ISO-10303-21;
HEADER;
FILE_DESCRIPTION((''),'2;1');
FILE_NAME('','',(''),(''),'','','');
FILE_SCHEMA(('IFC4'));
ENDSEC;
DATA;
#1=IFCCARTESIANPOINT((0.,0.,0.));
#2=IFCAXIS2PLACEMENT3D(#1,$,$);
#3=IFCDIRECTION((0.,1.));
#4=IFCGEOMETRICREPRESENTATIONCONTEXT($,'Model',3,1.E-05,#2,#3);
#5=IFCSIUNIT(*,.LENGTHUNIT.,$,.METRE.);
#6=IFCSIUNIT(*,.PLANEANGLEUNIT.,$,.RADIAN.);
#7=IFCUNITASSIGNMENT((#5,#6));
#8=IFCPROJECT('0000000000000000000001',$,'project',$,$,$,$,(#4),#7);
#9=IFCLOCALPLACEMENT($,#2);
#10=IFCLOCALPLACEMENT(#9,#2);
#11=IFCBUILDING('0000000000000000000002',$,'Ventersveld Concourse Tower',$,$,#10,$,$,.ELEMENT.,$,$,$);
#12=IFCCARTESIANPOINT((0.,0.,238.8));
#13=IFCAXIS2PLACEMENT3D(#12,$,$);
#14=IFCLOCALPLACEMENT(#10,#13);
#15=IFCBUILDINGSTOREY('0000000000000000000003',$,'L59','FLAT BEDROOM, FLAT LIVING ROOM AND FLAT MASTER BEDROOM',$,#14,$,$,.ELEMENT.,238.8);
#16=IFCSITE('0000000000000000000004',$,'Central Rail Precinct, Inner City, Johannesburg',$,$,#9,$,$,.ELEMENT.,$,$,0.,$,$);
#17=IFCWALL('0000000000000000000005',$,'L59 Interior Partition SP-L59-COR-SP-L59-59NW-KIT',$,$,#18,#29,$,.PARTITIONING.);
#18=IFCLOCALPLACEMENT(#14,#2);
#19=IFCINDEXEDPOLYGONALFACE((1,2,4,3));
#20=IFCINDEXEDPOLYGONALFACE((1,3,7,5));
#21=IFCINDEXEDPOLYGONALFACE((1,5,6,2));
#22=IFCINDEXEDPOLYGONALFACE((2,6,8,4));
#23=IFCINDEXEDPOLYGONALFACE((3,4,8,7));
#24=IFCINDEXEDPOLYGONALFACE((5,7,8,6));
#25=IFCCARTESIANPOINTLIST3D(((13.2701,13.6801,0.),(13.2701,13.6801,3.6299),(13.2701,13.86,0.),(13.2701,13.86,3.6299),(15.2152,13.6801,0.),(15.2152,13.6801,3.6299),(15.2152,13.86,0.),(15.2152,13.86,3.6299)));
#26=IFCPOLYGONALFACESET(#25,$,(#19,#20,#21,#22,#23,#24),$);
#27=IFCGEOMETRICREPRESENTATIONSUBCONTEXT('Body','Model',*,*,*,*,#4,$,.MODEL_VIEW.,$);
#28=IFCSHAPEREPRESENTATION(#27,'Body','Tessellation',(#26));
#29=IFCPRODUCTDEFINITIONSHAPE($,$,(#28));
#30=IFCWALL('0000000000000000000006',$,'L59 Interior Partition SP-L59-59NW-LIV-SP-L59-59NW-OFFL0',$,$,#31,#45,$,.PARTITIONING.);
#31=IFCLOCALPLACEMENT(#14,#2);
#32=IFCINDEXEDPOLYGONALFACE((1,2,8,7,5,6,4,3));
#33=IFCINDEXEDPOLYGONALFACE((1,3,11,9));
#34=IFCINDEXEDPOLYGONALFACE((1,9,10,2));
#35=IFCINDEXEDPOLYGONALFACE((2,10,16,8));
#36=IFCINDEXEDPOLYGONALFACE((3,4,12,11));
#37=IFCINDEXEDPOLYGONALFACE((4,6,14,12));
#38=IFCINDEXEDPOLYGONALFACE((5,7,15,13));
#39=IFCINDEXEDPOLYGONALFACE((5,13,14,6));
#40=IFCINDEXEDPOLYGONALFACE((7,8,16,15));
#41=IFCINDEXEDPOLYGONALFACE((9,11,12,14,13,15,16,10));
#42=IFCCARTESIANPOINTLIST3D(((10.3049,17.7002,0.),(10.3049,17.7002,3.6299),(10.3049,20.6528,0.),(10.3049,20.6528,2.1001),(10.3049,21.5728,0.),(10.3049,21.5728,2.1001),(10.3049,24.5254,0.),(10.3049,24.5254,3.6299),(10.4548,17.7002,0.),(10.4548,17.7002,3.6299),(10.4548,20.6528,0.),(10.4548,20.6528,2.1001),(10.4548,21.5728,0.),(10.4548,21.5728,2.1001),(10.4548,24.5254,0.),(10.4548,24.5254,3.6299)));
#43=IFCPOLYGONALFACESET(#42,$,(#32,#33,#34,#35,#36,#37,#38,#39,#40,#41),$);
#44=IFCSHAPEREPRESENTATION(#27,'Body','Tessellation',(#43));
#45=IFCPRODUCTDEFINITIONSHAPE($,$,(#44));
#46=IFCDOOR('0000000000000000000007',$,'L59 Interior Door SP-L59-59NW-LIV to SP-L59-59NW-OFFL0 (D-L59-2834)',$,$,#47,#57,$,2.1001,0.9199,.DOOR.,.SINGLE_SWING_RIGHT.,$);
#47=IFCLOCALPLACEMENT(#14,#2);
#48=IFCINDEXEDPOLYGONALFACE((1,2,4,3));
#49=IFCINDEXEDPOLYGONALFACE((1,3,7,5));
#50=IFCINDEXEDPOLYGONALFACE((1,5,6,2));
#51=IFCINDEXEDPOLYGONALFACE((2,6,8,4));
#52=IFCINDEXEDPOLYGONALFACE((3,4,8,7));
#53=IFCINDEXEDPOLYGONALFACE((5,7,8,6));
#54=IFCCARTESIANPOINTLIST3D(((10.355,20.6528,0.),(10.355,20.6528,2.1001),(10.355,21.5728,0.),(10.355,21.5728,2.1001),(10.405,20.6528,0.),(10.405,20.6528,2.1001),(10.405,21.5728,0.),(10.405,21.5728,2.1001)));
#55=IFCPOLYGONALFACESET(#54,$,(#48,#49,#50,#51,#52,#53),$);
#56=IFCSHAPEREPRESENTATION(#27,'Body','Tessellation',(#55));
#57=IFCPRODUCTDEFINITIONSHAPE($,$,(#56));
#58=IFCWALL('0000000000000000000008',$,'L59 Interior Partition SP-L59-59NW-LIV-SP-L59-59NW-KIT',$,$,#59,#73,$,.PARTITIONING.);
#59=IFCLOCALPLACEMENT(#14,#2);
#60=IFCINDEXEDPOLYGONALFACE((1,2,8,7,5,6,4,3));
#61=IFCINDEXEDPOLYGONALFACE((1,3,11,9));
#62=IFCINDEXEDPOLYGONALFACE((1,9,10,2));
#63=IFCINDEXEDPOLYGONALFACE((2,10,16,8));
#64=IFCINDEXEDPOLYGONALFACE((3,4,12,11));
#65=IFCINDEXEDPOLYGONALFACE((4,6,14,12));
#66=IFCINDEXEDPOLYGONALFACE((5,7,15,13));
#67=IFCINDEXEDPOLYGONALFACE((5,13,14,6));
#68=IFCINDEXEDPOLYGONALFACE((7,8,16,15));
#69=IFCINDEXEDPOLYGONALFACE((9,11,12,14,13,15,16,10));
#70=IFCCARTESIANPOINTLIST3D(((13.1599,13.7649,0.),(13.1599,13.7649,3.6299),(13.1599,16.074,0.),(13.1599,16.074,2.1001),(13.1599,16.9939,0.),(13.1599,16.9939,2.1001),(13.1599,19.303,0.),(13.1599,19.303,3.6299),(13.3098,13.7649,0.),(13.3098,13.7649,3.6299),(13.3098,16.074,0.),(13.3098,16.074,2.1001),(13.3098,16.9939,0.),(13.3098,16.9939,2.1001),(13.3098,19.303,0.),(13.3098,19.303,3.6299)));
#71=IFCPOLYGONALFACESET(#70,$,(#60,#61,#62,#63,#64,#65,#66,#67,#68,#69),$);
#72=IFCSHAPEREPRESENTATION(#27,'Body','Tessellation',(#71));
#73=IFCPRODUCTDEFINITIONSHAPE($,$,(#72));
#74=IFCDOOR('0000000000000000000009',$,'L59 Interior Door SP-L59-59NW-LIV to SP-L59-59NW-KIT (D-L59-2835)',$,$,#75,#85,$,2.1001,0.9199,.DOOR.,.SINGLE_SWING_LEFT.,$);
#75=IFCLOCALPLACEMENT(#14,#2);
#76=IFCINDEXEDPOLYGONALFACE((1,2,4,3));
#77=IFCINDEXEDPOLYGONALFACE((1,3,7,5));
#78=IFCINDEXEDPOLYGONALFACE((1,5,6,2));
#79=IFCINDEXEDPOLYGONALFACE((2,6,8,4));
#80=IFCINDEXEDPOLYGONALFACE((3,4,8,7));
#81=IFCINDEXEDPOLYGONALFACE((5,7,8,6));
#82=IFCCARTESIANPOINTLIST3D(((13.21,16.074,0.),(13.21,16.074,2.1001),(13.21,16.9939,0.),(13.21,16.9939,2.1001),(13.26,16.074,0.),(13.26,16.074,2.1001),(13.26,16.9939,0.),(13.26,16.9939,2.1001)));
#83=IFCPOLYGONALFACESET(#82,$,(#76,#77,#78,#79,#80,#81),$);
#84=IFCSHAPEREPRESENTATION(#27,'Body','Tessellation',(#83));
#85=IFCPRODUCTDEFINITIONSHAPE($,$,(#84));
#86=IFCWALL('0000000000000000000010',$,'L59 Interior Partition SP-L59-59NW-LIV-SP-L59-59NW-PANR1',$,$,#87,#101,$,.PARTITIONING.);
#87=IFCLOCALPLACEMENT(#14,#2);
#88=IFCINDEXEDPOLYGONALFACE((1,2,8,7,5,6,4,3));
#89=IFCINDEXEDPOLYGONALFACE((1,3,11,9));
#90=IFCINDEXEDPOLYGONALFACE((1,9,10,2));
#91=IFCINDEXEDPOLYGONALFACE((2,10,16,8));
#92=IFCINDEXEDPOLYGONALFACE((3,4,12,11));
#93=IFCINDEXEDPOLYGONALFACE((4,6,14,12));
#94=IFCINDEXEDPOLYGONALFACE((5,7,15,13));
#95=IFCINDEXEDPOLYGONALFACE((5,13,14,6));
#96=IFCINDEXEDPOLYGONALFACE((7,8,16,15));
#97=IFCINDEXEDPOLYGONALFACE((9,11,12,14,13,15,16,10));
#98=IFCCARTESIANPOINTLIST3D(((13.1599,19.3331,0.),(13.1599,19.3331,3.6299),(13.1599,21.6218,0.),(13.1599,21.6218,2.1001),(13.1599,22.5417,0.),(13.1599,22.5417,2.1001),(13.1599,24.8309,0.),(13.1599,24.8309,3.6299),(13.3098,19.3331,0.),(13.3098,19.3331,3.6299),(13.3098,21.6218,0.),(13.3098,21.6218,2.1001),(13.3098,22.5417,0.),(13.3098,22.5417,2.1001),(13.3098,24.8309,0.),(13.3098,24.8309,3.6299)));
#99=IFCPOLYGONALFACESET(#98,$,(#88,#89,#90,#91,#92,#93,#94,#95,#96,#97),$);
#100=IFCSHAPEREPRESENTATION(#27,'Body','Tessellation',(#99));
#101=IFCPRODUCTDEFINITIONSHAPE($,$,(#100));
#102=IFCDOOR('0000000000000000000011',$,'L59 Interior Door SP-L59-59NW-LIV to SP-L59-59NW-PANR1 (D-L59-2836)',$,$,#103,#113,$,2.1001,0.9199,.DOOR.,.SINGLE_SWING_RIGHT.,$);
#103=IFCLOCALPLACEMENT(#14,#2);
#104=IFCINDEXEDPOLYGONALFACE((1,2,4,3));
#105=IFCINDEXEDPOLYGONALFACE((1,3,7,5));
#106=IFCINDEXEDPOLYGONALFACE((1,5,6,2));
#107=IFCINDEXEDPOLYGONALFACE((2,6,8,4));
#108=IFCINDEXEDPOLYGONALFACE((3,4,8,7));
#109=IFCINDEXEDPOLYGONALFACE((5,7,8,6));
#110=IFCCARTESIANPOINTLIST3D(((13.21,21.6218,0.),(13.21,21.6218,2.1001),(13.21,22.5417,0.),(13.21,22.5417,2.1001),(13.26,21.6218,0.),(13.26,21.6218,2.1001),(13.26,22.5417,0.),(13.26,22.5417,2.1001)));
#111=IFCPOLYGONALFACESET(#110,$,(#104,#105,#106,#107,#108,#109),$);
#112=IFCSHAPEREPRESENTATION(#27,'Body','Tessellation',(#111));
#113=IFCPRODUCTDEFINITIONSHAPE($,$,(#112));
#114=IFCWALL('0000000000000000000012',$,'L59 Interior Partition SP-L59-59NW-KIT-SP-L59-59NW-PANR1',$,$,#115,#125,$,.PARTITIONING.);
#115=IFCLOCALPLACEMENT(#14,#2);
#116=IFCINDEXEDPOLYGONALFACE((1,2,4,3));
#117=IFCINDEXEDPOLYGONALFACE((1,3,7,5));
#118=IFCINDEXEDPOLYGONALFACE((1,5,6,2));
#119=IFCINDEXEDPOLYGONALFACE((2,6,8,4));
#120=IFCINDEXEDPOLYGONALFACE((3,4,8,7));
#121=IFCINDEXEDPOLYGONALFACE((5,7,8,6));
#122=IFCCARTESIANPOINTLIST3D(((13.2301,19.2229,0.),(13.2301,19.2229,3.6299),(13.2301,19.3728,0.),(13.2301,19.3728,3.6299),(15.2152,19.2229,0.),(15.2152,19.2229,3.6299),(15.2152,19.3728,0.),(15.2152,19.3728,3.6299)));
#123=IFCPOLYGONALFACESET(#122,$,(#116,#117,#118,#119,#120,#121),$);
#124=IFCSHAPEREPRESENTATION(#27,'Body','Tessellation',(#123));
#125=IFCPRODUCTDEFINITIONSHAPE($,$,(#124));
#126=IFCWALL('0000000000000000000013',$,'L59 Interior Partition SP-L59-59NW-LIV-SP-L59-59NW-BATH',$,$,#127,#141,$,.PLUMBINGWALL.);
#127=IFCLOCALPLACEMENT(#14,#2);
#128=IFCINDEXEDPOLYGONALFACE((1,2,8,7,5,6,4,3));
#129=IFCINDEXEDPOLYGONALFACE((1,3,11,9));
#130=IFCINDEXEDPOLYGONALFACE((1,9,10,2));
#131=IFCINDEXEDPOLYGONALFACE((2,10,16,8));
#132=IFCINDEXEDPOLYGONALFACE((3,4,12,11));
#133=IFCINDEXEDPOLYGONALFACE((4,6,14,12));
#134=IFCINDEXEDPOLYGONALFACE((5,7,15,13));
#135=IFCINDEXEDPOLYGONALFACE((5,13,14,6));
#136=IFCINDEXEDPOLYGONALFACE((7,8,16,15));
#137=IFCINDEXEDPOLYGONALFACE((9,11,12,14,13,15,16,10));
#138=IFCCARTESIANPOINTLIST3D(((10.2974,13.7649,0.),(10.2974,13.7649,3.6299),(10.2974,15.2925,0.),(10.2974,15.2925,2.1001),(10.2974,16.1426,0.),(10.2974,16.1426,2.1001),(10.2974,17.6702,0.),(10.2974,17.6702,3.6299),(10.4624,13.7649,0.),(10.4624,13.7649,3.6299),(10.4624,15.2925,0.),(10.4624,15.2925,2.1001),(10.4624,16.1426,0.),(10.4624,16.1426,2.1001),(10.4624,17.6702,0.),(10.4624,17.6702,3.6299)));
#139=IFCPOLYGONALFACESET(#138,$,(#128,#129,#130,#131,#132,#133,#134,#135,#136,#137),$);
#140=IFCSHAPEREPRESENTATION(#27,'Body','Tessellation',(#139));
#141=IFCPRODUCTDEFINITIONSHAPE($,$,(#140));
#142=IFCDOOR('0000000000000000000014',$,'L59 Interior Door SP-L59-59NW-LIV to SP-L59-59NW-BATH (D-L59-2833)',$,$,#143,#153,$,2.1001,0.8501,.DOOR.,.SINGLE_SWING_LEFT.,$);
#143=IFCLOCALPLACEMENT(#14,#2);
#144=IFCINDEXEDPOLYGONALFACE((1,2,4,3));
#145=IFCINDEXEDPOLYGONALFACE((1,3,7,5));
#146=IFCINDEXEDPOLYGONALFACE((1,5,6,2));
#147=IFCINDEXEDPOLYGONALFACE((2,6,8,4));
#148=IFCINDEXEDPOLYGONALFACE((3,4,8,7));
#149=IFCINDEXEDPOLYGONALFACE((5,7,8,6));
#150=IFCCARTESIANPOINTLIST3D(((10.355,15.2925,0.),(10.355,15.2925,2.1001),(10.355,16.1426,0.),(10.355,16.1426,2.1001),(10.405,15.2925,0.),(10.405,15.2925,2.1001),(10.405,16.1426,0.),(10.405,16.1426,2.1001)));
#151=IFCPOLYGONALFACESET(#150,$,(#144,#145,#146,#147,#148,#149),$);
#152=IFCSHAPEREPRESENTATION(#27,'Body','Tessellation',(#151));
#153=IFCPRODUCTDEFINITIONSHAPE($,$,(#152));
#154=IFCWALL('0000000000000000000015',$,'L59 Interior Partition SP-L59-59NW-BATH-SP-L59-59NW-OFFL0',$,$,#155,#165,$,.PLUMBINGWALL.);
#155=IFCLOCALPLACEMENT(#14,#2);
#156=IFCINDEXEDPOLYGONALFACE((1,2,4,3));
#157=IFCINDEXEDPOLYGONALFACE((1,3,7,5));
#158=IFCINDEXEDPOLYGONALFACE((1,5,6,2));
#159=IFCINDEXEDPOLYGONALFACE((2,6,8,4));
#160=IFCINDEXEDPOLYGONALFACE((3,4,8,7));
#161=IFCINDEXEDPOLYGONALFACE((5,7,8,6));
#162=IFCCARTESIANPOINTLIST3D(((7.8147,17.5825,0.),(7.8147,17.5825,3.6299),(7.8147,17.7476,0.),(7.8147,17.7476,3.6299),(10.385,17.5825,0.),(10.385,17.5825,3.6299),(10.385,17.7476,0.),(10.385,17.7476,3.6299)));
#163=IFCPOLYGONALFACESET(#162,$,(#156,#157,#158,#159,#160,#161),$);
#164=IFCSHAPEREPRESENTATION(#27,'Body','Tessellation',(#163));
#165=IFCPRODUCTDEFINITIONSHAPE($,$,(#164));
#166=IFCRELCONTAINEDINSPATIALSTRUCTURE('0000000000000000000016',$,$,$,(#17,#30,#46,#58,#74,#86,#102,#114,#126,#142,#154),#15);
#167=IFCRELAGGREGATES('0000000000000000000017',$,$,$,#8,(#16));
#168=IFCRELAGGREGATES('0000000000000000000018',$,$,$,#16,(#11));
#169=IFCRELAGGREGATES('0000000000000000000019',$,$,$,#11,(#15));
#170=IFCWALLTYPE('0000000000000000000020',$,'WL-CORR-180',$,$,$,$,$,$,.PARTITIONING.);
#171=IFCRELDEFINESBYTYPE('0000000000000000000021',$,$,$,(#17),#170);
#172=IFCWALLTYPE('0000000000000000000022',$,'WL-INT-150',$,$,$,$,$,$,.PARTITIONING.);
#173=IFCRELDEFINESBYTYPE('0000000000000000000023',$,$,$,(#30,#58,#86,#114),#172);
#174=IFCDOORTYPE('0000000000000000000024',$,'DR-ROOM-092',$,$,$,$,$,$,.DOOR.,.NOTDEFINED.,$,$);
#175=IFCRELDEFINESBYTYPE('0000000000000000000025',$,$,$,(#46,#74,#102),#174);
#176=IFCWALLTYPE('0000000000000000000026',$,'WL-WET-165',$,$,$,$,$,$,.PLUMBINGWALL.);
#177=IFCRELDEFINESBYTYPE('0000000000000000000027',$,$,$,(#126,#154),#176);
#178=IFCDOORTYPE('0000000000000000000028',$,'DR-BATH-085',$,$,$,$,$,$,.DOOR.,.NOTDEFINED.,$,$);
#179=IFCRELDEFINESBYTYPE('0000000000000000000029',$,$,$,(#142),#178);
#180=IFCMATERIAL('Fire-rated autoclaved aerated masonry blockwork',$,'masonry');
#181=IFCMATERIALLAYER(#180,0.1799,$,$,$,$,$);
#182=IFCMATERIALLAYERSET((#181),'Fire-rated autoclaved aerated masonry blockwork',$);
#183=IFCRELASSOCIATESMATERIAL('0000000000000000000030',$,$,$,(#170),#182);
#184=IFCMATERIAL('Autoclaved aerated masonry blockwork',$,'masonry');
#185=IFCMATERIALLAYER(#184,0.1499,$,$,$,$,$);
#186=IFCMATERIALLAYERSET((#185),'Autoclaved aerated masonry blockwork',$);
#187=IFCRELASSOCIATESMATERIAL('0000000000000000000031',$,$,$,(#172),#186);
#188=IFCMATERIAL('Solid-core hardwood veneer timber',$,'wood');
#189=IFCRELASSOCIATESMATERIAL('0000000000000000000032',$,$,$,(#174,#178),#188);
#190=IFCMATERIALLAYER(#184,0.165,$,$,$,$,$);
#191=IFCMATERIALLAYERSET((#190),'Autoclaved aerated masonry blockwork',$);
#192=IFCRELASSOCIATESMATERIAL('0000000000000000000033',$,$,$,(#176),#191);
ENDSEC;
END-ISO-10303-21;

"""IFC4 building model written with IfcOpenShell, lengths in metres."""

from ifc_helpers import new_model, si_unit, direction, frame, frame_2d, origin, place, context, subcontext, project, spatial, rectangle, extrude, material, layer, layer_set, type_object, element, fill, save


model = new_model("IFC4")

# Units and contexts
model_context = context("Model", 3, precision=1e-05, world=origin(), true_north=direction((0.0, 1.0)))
body_context = subcontext(model_context, "Body", "Model", "MODEL_VIEW")
ifc_project = project(units=[si_unit("LENGTHUNIT", "METRE"), si_unit("PLANEANGLEUNIT", "RADIAN")], contexts=[model_context])

# Site, building, storey
site_placement = place(None, origin())
site = spatial("IfcSite", under=ifc_project, at=site_placement, Name="Central Rail Precinct, Inner City, Johannesburg", CompositionType="ELEMENT", RefElevation=0.0)
building_placement = place(site_placement, origin())
building = spatial("IfcBuilding", under=site, at=building_placement, Name="Ventersveld Concourse Tower", CompositionType="ELEMENT")
storey_placement = place(building_placement, frame((0.0, 0.0, 238.8)))
storey = spatial("IfcBuildingStorey", under=building, at=storey_placement, Name="L59", Description="FLAT BEDROOM, FLAT LIVING ROOM AND FLAT MASTER BEDROOM", CompositionType="ELEMENT", Elevation=238.8)

# Shared definitions
ifc_material_1 = material(Name="Fire-rated autoclaved aerated masonry blockwork", Category="masonry")
ifc_layer_1 = layer(ifc_material_1, 0.1799)
ifc_layer_set_1 = layer_set([ifc_layer_1], Name="Fire-rated autoclaved aerated masonry blockwork")
wall_type_1 = type_object("IfcWallType", Name="WL-CORR-180", PredefinedType="PARTITIONING", material=ifc_layer_set_1)
ifc_material_2 = material(Name="Solid-core hardwood veneer timber", Category="wood")

# Wall
wall_1_placement = place(storey_placement, frame((13.27, 13.77, 0.0), z_axis=(0.0, 0.0, 1.0), x_axis=(1.0, 0.0, 0.0)))
element("IfcWall", 1, at=wall_1_placement, inside=storey, type_object=wall_type_1, Name="L59 Interior Partition SP-L59-COR-SP-L59-59NW-KIT", PredefinedType="PARTITIONING", context=body_context, shape_type="SweptSolid", body=[
    extrude(rectangle(XDim=1.9451, YDim=0.1799, at=frame_2d((0.9727, 0.0))), origin(), (0.0, 0.0, 1.0), 3.6299),
])

# Walls, openings, doors
ifc_material_3 = material(Name="Autoclaved aerated masonry blockwork", Category="masonry")
ifc_layer_2 = layer(ifc_material_3, 0.1499)
ifc_layer_set_2 = layer_set([ifc_layer_2], Name="Autoclaved aerated masonry blockwork")
wall_type_2 = type_object("IfcWallType", Name="WL-INT-150", PredefinedType="PARTITIONING", material=ifc_layer_set_2)
wall_2_placement = place(storey_placement, frame((10.3799, 17.7002, 0.0), z_axis=(0.0, 0.0, 1.0), x_axis=(0.0, 1.0, 0.0)))
wall_2 = element("IfcWall", 2, at=wall_2_placement, inside=storey, type_object=wall_type_2, Name="L59 Interior Partition SP-L59-59NW-LIV-SP-L59-59NW-OFFL0", PredefinedType="PARTITIONING", context=body_context, shape_type="SweptSolid", body=[
    extrude(rectangle(XDim=6.8252, YDim=0.1499, at=frame_2d((3.4126, 0.0))), origin(), (0.0, 0.0, 1.0), 3.6299),
])
opening_1_placement = place(wall_2_placement, frame((2.9526, 0.0, 0.0)))
opening_1 = element("IfcOpeningElement", 3, at=opening_1_placement, cuts=wall_2, PredefinedType="OPENING", context=body_context, shape_type="SweptSolid", body=[
    extrude(rectangle(XDim=0.9199, YDim=2.1001, at=frame_2d((0.46, 1.05))), frame((0.0, 0.085, 0.0), z_axis=(0.0, -1.0, 0.0), x_axis=(1.0, 0.0, 0.0)), (0.0, 0.0, 1.0), 0.1699),
])
door_type_1 = type_object("IfcDoorType", Name="DR-ROOM-092", OperationType="NOTDEFINED", PredefinedType="DOOR", material=ifc_material_2)
door_1_placement = place(opening_1_placement, origin())
door_1 = element("IfcDoor", 4, at=door_1_placement, inside=storey, type_object=door_type_1, Name="L59 Interior Door SP-L59-59NW-LIV to SP-L59-59NW-OFFL0 (D-L59-2834)", OperationType="SINGLE_SWING_RIGHT", OverallHeight=2.1001, OverallWidth=0.9199, PredefinedType="DOOR", context=body_context, shape_type="SweptSolid", body=[
    extrude(rectangle(XDim=0.9199, YDim=2.1001, at=frame_2d((0.46, 1.05))), frame((0.0, 0.0249, 0.0), z_axis=(0.0, -1.0, 0.0), x_axis=(1.0, 0.0, 0.0)), (0.0, 0.0, 1.0), 0.05),
])
fill(opening_1, door_1)
wall_3_placement = place(storey_placement, frame((13.2349, 13.7649, 0.0), z_axis=(0.0, 0.0, 1.0), x_axis=(0.0, 1.0, 0.0)))
wall_3 = element("IfcWall", 5, at=wall_3_placement, inside=storey, type_object=wall_type_2, Name="L59 Interior Partition SP-L59-59NW-LIV-SP-L59-59NW-KIT", PredefinedType="PARTITIONING", context=body_context, shape_type="SweptSolid", body=[
    extrude(rectangle(XDim=5.5381, YDim=0.1499, at=frame_2d((2.769, 0.0))), origin(), (0.0, 0.0, 1.0), 3.6299),
])
opening_2_placement = place(wall_3_placement, frame((2.3091, 0.0, 0.0)))
opening_2 = element("IfcOpeningElement", 6, at=opening_2_placement, cuts=wall_3, PredefinedType="OPENING", context=body_context, shape_type="SweptSolid", body=[
    extrude(rectangle(XDim=0.9199, YDim=2.1001, at=frame_2d((0.46, 1.05))), frame((0.0, 0.085, 0.0), z_axis=(0.0, -1.0, 0.0), x_axis=(1.0, 0.0, 0.0)), (0.0, 0.0, 1.0), 0.1699),
])
door_2_placement = place(opening_2_placement, origin())
door_2 = element("IfcDoor", 7, at=door_2_placement, inside=storey, type_object=door_type_1, Name="L59 Interior Door SP-L59-59NW-LIV to SP-L59-59NW-KIT (D-L59-2835)", OperationType="SINGLE_SWING_LEFT", OverallHeight=2.1001, OverallWidth=0.9199, PredefinedType="DOOR", context=body_context, shape_type="SweptSolid", body=[
    extrude(rectangle(XDim=0.9199, YDim=2.1001, at=frame_2d((0.46, 1.05))), frame((0.0, 0.0249, 0.0), z_axis=(0.0, -1.0, 0.0), x_axis=(1.0, 0.0, 0.0)), (0.0, 0.0, 1.0), 0.05),
])
fill(opening_2, door_2)
wall_4_placement = place(storey_placement, frame((13.2349, 19.333, 0.0), z_axis=(0.0, 0.0, 1.0), x_axis=(0.0, 1.0, 0.0)))
wall_4 = element("IfcWall", 8, at=wall_4_placement, inside=storey, type_object=wall_type_2, Name="L59 Interior Partition SP-L59-59NW-LIV-SP-L59-59NW-PANR1", PredefinedType="PARTITIONING", context=body_context, shape_type="SweptSolid", body=[
    extrude(rectangle(XDim=5.4978, YDim=0.1499, at=frame_2d((2.749, 0.0))), origin(), (0.0, 0.0, 1.0), 3.6299),
])
opening_3_placement = place(wall_4_placement, frame((2.2888, 0.0, 0.0)))
opening_3 = element("IfcOpeningElement", 9, at=opening_3_placement, cuts=wall_4, PredefinedType="OPENING", context=body_context, shape_type="SweptSolid", body=[
    extrude(rectangle(XDim=0.9199, YDim=2.1001, at=frame_2d((0.46, 1.05))), frame((0.0, 0.085, 0.0), z_axis=(0.0, -1.0, 0.0), x_axis=(1.0, 0.0, 0.0)), (0.0, 0.0, 1.0), 0.1699),
])
door_3_placement = place(opening_3_placement, origin())
door_3 = element("IfcDoor", 10, at=door_3_placement, inside=storey, type_object=door_type_1, Name="L59 Interior Door SP-L59-59NW-LIV to SP-L59-59NW-PANR1 (D-L59-2836)", OperationType="SINGLE_SWING_RIGHT", OverallHeight=2.1001, OverallWidth=0.9199, PredefinedType="DOOR", context=body_context, shape_type="SweptSolid", body=[
    extrude(rectangle(XDim=0.9199, YDim=2.1001, at=frame_2d((0.46, 1.05))), frame((0.0, 0.0249, 0.0), z_axis=(0.0, -1.0, 0.0), x_axis=(1.0, 0.0, 0.0)), (0.0, 0.0, 1.0), 0.05),
])
fill(opening_3, door_3)

# Wall
wall_5_placement = place(storey_placement, frame((13.23, 19.2979, 0.0), z_axis=(0.0, 0.0, 1.0), x_axis=(1.0, 0.0, 0.0)))
element("IfcWall", 11, at=wall_5_placement, inside=storey, type_object=wall_type_2, Name="L59 Interior Partition SP-L59-59NW-KIT-SP-L59-59NW-PANR1", PredefinedType="PARTITIONING", context=body_context, shape_type="SweptSolid", body=[
    extrude(rectangle(XDim=1.9851, YDim=0.1499, at=frame_2d((0.9927, 0.0))), origin(), (0.0, 0.0, 1.0), 3.6299),
])

# Wall, opening, door
ifc_layer_3 = layer(ifc_material_3, 0.165)
ifc_layer_set_3 = layer_set([ifc_layer_3], Name="Autoclaved aerated masonry blockwork")
wall_type_3 = type_object("IfcWallType", Name="WL-WET-165", PredefinedType="PLUMBINGWALL", material=ifc_layer_set_3)
wall_6_placement = place(storey_placement, frame((10.3799, 13.7649, 0.0), z_axis=(0.0, 0.0, 1.0), x_axis=(0.0, 1.0, 0.0)))
wall_6 = element("IfcWall", 12, at=wall_6_placement, inside=storey, type_object=wall_type_3, Name="L59 Interior Partition SP-L59-59NW-LIV-SP-L59-59NW-BATH", PredefinedType="PLUMBINGWALL", context=body_context, shape_type="SweptSolid", body=[
    extrude(rectangle(XDim=3.9053, YDim=0.165, at=frame_2d((1.9526, 0.0))), origin(), (0.0, 0.0, 1.0), 3.6299),
])
opening_4_placement = place(wall_6_placement, frame((1.5276, 0.0, 0.0)))
opening_4 = element("IfcOpeningElement", 13, at=opening_4_placement, cuts=wall_6, PredefinedType="OPENING", context=body_context, shape_type="SweptSolid", body=[
    extrude(rectangle(XDim=0.8501, YDim=2.1001, at=frame_2d((0.425, 1.05))), frame((0.0, 0.0925, 0.0), z_axis=(0.0, -1.0, 0.0), x_axis=(1.0, 0.0, 0.0)), (0.0, 0.0, 1.0), 0.1851),
])
door_type_2 = type_object("IfcDoorType", Name="DR-BATH-085", OperationType="NOTDEFINED", PredefinedType="DOOR", material=ifc_material_2)
door_4_placement = place(opening_4_placement, origin())
door_4 = element("IfcDoor", 14, at=door_4_placement, inside=storey, type_object=door_type_2, Name="L59 Interior Door SP-L59-59NW-LIV to SP-L59-59NW-BATH (D-L59-2833)", OperationType="SINGLE_SWING_LEFT", OverallHeight=2.1001, OverallWidth=0.8501, PredefinedType="DOOR", context=body_context, shape_type="SweptSolid", body=[
    extrude(rectangle(XDim=0.8501, YDim=2.1001, at=frame_2d((0.425, 1.05))), frame((0.0, 0.0249, 0.0), z_axis=(0.0, -1.0, 0.0), x_axis=(1.0, 0.0, 0.0)), (0.0, 0.0, 1.0), 0.05),
])
fill(opening_4, door_4)

# Wall
wall_7_placement = place(storey_placement, frame((7.8147, 17.665, 0.0), z_axis=(0.0, 0.0, 1.0), x_axis=(1.0, 0.0, 0.0)))
element("IfcWall", 15, at=wall_7_placement, inside=storey, type_object=wall_type_3, Name="L59 Interior Partition SP-L59-59NW-BATH-SP-L59-59NW-OFFL0", PredefinedType="PLUMBINGWALL", context=body_context, shape_type="SweptSolid", body=[
    extrude(rectangle(XDim=2.5703, YDim=0.165, at=frame_2d((1.2852, 0.0))), origin(), (0.0, 0.0, 1.0), 3.6299),
])

save(model, "model.ifc")
